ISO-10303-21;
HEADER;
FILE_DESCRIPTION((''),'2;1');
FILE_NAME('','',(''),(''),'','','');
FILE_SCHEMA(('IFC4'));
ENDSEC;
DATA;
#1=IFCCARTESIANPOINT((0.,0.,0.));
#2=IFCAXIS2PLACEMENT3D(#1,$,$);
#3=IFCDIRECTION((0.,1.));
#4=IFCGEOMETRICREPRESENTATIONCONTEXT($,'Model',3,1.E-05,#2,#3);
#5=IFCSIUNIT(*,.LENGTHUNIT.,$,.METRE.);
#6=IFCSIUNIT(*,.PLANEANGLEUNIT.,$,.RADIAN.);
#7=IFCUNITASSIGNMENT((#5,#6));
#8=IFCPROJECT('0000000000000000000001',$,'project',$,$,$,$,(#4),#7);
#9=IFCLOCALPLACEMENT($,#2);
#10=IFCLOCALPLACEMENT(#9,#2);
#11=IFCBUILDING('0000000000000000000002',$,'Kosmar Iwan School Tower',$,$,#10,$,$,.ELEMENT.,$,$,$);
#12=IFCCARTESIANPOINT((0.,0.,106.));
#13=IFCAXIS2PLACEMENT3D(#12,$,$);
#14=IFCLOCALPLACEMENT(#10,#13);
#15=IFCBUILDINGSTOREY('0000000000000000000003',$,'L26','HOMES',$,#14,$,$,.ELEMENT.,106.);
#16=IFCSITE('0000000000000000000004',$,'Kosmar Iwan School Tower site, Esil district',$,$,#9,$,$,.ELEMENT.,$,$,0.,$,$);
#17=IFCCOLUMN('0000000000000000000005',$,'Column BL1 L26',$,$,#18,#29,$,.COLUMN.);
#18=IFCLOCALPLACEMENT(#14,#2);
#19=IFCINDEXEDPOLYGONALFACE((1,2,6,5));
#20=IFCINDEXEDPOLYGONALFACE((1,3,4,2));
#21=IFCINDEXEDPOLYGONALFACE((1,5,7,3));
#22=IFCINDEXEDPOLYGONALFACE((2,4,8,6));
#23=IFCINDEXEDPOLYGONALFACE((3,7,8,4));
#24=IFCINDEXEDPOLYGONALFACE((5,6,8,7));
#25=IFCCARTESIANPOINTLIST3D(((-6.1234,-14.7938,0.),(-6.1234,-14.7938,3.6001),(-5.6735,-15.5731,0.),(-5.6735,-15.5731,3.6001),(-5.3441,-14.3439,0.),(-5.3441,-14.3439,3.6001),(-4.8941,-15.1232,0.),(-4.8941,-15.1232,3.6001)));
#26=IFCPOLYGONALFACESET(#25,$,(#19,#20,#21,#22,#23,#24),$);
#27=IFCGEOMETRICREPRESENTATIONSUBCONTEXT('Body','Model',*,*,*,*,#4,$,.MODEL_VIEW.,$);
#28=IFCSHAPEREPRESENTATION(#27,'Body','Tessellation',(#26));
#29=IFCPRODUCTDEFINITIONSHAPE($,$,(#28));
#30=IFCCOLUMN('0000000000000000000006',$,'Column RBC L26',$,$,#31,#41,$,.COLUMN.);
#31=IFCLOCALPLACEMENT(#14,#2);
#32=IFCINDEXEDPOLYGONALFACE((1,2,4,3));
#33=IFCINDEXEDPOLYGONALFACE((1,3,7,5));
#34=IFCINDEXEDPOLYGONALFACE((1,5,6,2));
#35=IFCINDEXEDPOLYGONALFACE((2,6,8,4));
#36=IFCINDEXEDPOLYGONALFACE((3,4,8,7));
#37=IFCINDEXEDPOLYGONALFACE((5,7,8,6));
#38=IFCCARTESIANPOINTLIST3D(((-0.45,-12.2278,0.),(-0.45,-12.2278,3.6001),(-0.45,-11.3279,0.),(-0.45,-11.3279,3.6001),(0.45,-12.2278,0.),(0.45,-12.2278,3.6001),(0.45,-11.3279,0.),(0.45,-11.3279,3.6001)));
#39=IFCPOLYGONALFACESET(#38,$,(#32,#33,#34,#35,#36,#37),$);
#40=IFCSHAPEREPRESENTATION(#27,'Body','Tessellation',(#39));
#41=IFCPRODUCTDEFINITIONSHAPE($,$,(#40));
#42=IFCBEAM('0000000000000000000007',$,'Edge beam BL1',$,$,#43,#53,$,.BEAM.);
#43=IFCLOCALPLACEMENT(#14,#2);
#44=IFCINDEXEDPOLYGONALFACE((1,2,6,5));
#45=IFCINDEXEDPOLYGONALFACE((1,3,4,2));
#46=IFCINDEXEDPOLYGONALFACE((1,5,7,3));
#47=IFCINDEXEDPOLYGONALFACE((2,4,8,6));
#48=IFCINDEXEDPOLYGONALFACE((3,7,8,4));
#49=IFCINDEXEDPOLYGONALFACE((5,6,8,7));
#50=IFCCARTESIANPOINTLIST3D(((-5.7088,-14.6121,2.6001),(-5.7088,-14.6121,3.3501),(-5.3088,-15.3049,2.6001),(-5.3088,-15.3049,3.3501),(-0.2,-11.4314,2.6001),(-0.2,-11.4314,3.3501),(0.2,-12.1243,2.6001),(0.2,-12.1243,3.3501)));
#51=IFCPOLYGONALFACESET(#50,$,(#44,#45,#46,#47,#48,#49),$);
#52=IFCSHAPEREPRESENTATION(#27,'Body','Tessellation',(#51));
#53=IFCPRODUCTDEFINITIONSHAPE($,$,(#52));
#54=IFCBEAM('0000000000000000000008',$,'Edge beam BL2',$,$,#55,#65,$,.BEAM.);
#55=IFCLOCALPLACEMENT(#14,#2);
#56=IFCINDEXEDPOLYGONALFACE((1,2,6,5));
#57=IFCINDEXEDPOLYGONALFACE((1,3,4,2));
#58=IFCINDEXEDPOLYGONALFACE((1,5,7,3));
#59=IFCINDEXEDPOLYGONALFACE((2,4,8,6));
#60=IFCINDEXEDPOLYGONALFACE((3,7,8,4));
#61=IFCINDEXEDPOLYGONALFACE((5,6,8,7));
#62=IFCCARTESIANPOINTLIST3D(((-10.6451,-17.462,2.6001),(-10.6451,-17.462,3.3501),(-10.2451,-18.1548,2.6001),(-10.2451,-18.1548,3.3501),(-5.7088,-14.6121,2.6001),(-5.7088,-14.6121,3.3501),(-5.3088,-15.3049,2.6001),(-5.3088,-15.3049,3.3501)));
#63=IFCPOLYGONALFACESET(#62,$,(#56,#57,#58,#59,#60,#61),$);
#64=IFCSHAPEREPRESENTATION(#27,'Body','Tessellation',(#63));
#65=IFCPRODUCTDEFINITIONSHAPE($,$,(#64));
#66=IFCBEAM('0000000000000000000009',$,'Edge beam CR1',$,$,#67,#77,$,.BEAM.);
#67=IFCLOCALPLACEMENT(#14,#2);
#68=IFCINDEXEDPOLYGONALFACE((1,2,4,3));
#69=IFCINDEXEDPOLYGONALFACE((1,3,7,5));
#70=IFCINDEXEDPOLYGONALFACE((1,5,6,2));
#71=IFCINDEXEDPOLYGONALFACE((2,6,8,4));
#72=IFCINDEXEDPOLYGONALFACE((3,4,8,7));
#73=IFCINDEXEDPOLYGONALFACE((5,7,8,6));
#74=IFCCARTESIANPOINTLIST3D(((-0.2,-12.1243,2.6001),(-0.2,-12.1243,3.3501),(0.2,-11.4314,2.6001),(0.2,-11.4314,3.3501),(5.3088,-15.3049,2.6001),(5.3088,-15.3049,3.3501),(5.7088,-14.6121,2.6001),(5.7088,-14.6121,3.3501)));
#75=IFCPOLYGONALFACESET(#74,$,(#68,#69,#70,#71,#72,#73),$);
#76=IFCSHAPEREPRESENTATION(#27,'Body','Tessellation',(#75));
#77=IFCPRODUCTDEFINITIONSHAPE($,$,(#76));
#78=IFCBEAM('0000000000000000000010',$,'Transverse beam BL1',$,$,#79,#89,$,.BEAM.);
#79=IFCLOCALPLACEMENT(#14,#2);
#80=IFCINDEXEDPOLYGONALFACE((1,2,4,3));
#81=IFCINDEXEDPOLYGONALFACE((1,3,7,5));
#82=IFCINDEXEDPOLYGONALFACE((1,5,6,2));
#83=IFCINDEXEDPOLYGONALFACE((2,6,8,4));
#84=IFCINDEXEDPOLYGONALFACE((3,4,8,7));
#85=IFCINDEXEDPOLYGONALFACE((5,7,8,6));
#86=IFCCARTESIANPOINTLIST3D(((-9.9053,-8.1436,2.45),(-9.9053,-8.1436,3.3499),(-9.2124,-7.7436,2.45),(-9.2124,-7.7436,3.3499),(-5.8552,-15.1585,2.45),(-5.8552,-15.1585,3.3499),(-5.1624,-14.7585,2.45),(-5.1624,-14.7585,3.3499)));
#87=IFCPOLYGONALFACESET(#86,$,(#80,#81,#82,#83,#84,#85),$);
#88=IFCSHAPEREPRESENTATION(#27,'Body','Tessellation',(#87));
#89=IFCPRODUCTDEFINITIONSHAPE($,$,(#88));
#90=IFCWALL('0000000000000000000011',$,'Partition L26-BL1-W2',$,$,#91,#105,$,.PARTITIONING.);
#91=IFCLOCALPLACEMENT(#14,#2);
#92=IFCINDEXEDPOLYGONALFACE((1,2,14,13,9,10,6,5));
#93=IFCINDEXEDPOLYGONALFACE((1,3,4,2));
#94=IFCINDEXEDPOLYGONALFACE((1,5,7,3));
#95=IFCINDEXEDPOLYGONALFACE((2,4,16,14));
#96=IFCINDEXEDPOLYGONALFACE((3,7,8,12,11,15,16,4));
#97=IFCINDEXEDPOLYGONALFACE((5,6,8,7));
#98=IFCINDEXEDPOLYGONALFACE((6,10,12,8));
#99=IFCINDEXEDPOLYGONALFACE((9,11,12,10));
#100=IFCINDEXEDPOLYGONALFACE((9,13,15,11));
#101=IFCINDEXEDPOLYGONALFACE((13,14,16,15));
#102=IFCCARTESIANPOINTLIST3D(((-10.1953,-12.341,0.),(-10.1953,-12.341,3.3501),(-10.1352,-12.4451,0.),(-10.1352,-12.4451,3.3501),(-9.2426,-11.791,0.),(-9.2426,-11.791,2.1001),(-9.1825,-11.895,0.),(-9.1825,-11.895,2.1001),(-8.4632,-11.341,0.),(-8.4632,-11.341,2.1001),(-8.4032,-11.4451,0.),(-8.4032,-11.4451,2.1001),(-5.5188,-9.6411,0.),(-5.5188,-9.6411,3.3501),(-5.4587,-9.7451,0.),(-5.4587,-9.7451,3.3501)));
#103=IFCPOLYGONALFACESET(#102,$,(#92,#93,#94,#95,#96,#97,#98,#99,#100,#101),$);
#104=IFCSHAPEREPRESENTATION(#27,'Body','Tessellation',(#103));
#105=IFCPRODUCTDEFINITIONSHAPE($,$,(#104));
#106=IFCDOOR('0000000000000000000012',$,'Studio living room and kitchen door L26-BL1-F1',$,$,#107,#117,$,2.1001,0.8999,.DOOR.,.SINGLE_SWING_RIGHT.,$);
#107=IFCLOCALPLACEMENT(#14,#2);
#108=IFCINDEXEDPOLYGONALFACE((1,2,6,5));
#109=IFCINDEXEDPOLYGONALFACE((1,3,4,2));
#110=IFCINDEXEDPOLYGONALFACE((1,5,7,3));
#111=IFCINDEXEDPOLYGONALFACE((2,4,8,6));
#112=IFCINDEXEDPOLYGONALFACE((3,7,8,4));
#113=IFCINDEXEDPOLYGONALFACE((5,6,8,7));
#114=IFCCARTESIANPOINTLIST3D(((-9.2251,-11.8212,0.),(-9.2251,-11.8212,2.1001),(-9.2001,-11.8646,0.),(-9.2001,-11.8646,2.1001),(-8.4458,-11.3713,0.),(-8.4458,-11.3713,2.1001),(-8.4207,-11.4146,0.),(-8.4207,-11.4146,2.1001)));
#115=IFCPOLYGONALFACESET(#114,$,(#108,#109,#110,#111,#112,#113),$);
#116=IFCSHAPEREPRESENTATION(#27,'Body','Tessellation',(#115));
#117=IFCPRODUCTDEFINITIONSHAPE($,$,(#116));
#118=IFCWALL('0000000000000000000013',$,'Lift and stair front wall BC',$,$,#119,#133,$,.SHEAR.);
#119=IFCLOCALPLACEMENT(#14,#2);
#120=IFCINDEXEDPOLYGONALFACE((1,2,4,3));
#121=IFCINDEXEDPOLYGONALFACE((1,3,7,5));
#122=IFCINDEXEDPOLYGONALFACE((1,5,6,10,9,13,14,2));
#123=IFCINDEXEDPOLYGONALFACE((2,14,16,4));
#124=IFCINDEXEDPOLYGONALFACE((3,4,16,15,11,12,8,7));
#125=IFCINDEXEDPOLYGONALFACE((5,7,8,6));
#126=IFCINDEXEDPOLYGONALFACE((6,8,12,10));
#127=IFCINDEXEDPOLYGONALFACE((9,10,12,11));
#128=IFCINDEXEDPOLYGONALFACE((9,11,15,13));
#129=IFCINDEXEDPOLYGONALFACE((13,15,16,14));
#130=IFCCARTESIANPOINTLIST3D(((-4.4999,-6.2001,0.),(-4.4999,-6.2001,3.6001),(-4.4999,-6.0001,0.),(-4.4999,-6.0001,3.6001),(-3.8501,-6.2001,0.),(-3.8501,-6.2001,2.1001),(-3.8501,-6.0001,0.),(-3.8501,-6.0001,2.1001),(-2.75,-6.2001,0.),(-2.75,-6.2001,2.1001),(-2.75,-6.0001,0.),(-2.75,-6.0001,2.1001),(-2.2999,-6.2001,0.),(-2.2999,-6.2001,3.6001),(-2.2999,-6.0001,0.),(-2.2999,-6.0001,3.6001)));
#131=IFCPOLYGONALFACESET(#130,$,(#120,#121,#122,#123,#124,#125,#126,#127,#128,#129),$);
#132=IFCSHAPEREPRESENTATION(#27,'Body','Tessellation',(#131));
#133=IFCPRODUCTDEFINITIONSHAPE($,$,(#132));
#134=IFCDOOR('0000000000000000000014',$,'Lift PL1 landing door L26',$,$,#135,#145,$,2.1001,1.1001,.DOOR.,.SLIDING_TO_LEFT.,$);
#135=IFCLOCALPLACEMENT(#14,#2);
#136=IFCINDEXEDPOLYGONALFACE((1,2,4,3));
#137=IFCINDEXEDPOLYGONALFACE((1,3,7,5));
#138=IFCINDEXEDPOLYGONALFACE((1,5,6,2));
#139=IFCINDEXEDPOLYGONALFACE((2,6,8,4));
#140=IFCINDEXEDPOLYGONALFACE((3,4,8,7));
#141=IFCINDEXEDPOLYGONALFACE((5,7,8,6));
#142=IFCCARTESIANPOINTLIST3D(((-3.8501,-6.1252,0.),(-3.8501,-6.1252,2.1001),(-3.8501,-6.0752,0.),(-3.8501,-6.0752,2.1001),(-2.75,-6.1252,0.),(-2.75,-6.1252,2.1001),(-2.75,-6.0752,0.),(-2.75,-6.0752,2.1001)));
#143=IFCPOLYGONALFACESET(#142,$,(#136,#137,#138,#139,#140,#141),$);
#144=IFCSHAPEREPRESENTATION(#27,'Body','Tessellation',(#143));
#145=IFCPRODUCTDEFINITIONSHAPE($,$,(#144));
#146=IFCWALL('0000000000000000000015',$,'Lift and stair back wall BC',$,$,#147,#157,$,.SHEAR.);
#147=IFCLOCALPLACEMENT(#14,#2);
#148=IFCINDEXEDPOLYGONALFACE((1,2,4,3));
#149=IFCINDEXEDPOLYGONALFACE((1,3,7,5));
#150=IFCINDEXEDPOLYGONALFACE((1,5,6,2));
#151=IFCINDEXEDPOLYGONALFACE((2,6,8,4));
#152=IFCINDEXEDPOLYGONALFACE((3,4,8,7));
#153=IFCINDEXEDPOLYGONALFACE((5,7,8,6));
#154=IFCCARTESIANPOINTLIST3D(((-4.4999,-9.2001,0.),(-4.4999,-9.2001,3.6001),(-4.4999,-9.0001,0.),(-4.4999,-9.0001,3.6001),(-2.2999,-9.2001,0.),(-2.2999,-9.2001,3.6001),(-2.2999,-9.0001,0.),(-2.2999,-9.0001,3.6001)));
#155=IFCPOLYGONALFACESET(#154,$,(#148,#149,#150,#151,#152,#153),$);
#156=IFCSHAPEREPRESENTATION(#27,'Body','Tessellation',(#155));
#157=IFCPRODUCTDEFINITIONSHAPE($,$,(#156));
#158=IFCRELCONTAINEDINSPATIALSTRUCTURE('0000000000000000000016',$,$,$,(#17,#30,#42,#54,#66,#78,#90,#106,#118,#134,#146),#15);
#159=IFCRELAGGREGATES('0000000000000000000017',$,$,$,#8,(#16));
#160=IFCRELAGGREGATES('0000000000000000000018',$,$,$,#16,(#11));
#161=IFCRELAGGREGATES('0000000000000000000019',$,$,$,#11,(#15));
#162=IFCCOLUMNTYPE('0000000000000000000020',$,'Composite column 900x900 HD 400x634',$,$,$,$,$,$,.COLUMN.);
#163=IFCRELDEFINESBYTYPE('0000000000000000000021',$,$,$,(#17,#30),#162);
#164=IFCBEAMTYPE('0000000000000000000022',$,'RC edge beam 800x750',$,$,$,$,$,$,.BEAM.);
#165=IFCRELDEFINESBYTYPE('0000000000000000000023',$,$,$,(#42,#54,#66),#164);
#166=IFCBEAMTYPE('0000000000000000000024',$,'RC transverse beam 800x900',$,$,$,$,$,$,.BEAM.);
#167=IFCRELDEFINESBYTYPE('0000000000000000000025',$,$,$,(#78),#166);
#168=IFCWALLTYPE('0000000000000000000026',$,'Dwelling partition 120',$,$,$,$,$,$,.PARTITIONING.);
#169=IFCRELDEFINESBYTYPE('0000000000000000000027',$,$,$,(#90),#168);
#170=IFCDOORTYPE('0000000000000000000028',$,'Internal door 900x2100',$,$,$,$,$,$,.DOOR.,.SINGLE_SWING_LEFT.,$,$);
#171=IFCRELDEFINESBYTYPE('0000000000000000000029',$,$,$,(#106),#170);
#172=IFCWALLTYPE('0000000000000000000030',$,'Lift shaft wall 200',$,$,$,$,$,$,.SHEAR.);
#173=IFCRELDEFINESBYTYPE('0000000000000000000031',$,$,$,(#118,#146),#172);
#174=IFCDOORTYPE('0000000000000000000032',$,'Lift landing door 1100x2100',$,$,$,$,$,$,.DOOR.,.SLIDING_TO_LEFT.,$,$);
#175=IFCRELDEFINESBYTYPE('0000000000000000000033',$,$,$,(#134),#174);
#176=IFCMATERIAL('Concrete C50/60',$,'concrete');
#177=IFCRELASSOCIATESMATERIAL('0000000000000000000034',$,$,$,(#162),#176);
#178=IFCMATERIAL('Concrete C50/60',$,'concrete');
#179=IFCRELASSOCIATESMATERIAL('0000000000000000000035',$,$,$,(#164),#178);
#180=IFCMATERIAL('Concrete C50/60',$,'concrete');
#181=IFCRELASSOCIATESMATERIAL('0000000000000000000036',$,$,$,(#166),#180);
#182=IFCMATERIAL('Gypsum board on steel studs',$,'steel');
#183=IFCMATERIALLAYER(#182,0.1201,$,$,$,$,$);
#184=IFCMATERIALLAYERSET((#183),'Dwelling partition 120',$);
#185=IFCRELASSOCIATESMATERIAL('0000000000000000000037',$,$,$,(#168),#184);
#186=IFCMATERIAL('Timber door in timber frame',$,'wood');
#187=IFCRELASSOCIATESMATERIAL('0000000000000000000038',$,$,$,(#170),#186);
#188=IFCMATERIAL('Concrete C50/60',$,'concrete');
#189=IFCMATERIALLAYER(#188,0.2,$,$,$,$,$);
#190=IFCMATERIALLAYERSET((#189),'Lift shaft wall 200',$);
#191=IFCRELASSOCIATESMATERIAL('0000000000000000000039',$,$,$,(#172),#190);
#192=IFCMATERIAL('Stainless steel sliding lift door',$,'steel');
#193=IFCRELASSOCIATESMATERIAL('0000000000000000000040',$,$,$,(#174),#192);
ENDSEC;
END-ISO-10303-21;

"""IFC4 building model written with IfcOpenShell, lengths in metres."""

from ifc_helpers import new_model, si_unit, direction, frame, frame_2d, origin, origin_2d, place, context, subcontext, project, spatial, rectangle, extrude, material, layer, layer_set, material_profile, profile_set, type_object, element, fill, save


model = new_model("IFC4")

# Units and contexts
model_context = context("Model", 3, precision=1e-05, world=origin(), true_north=direction((0.0, 1.0)))
body_context = subcontext(model_context, "Body", "Model", "MODEL_VIEW")
ifc_project = project(units=[si_unit("LENGTHUNIT", "METRE"), si_unit("PLANEANGLEUNIT", "RADIAN")], contexts=[model_context])

# Site, building, storey
site_placement = place(None, origin())
site = spatial("IfcSite", under=ifc_project, at=site_placement, Name="Kosmar Iwan School Tower site, Esil district", CompositionType="ELEMENT", RefElevation=0.0)
building_placement = place(site_placement, origin())
building = spatial("IfcBuilding", under=site, at=building_placement, Name="Kosmar Iwan School Tower", CompositionType="ELEMENT")
storey_placement = place(building_placement, frame((0.0, 0.0, 106.0)))
storey = spatial("IfcBuildingStorey", under=building, at=storey_placement, Name="L26", Description="HOMES", CompositionType="ELEMENT", Elevation=106.0)

# Columns
ifc_material_1 = material(Name="Concrete C50/60", Category="concrete")
ifc_material_profile_1 = material_profile(ifc_material_1, rectangle(XDim=0.8999, YDim=0.8999, at=origin_2d()), Name="RC 900x900 + HD 400x634")
ifc_profile_set_1 = profile_set([ifc_material_profile_1], Name="Concrete C50/60")
column_type = type_object("IfcColumnType", Name="Composite column 900x900 HD 400x634", PredefinedType="COLUMN", material=ifc_profile_set_1)
for number, where, z_axis, x_axis, name in (
    (1, (-5.5088, -14.9585, 0.0), (0.0, 0.0, 1.0), (-0.866025, -0.5, 0.0), "Column BL1 L26"),
    (2, (0.0, -11.7778, 0.0), (0.0, 0.0, 1.0), (1.0, 0.0, 0.0), "Column RBC L26"),
):
    element("IfcColumn", number, at=place(storey_placement, frame(where, z_axis=z_axis, x_axis=x_axis)), inside=storey, type_object=column_type, Name=name, PredefinedType="COLUMN", context=body_context, shape_type="SweptSolid", body=[
        extrude(rectangle(XDim=0.8999, YDim=0.8999, at=origin_2d()), origin(), (0.0, 0.0, 1.0), 3.6001),
    ])

# Beams
ifc_material_2 = material(Name="Concrete C50/60", Category="concrete")
ifc_material_profile_2 = material_profile(ifc_material_2, rectangle(XDim=0.8, YDim=0.75, at=origin_2d()), Name="RC 800x750")
ifc_profile_set_2 = profile_set([ifc_material_profile_2], Name="Concrete C50/60")
beam_type_1 = type_object("IfcBeamType", Name="RC edge beam 800x750", PredefinedType="BEAM", material=ifc_profile_set_2)
beam_1_placement = place(storey_placement, frame((0.0, -11.7778, 2.9751), z_axis=(-0.866014, -0.500019, 0.0), x_axis=(0.500019, -0.866014, 0.0)))
element("IfcBeam", 3, at=beam_1_placement, inside=storey, type_object=beam_type_1, Name="Edge beam BL1", PredefinedType="BEAM", context=body_context, shape_type="SweptSolid", body=[
    extrude(rectangle(XDim=0.8, YDim=0.75, at=origin_2d()), origin(), (0.0, 0.0, 1.0), 6.3611),
])
beam_2_placement = place(storey_placement, frame((-5.5088, -14.9585, 2.9751), z_axis=(-0.866034, -0.499986, 0.0), x_axis=(0.499986, -0.866034, 0.0)))
element("IfcBeam", 4, at=beam_2_placement, inside=storey, type_object=beam_type_1, Name="Edge beam BL2", PredefinedType="BEAM", context=body_context, shape_type="SweptSolid", body=[
    extrude(rectangle(XDim=0.8, YDim=0.75, at=origin_2d()), origin(), (0.0, 0.0, 1.0), 5.7),
])
beam_3_placement = place(storey_placement, frame((0.0, -11.7778, 2.9751), z_axis=(0.866014, -0.500019, 0.0), x_axis=(0.500019, 0.866014, 0.0)))
element("IfcBeam", 5, at=beam_3_placement, inside=storey, type_object=beam_type_1, Name="Edge beam CR1", PredefinedType="BEAM", context=body_context, shape_type="SweptSolid", body=[
    extrude(rectangle(XDim=0.8, YDim=0.75, at=origin_2d()), origin(), (0.0, 0.0, 1.0), 6.3611),
])
ifc_material_3 = material(Name="Concrete C50/60", Category="concrete")
ifc_material_profile_3 = material_profile(ifc_material_3, rectangle(XDim=0.8, YDim=0.8999, at=origin_2d()), Name="RC 800x900")
ifc_profile_set_3 = profile_set([ifc_material_profile_3], Name="Concrete C50/60")
beam_type_2 = type_object("IfcBeamType", Name="RC transverse beam 800x900", PredefinedType="BEAM", material=ifc_profile_set_3)
beam_4_placement = place(storey_placement, frame((-5.5088, -14.9585, 2.8999), z_axis=(-0.5, 0.866025, 0.0), x_axis=(-0.866025, -0.5, 0.0)))
element("IfcBeam", 6, at=beam_4_placement, inside=storey, type_object=beam_type_2, Name="Transverse beam BL1", PredefinedType="BEAM", context=body_context, shape_type="SweptSolid", body=[
    extrude(rectangle(XDim=0.8, YDim=0.8999, at=origin_2d()), origin(), (0.0, 0.0, 1.0), 8.1001),
])

# Walls, openings, doors
ifc_material_4 = material(Name="Gypsum board on steel studs", Category="steel")
ifc_layer_1 = layer(ifc_material_4, 0.1201)
ifc_layer_set_1 = layer_set([ifc_layer_1], Name="Dwelling partition 120")
wall_type_1 = type_object("IfcWallType", Name="Dwelling partition 120", PredefinedType="PARTITIONING", material=ifc_layer_set_1)
wall_1_placement = place(storey_placement, frame((-5.4888, -9.6931, 0.0), z_axis=(0.0, 0.0, 1.0), x_axis=(-0.866028, -0.499995, 0.0)))
wall_1 = element("IfcWall", 7, at=wall_1_placement, inside=storey, type_object=wall_type_1, Name="Partition L26-BL1-W2", PredefinedType="PARTITIONING", context=body_context, shape_type="SweptSolid", body=[
    extrude(rectangle(XDim=5.3999, YDim=0.1201, at=frame_2d((2.7, 0.0))), origin(), (0.0, 0.0, 1.0), 3.3501),
])
opening_1_placement = place(wall_1_placement, frame((3.3999, 0.0, 0.0)))
opening_1 = element("IfcOpeningElement", 8, at=opening_1_placement, cuts=wall_1, PredefinedType="OPENING", context=body_context, shape_type="SweptSolid", body=[
    extrude(rectangle(XDim=0.8999, YDim=2.1001, at=frame_2d((0.45, 1.05))), frame((0.0, 0.072, 0.0), z_axis=(0.0, -1.0, 0.0), x_axis=(1.0, 0.0, 0.0)), (0.0, 0.0, 1.0), 0.144),
])
ifc_material_5 = material(Name="Timber door in timber frame", Category="wood")
door_type_1 = type_object("IfcDoorType", Name="Internal door 900x2100", OperationType="SINGLE_SWING_LEFT", PredefinedType="DOOR", material=ifc_material_5)
door_1_placement = place(opening_1_placement, origin())
door_1 = element("IfcDoor", 9, at=door_1_placement, inside=storey, type_object=door_type_1, Name="Studio living room and kitchen door L26-BL1-F1", OperationType="SINGLE_SWING_RIGHT", OverallHeight=2.1001, OverallWidth=0.8999, PredefinedType="DOOR", context=body_context, shape_type="SweptSolid", body=[
    extrude(rectangle(XDim=0.8999, YDim=2.1001, at=frame_2d((0.45, 1.05))), frame((0.0, 0.0249, 0.0), z_axis=(0.0, -1.0, 0.0), x_axis=(1.0, 0.0, 0.0)), (0.0, 0.0, 1.0), 0.05),
])
fill(opening_1, door_1)
ifc_material_6 = material(Name="Concrete C50/60", Category="concrete")
ifc_layer_2 = layer(ifc_material_6, 0.2)
ifc_layer_set_2 = layer_set([ifc_layer_2], Name="Lift shaft wall 200")
wall_type_2 = type_object("IfcWallType", Name="Lift shaft wall 200", PredefinedType="SHEAR", material=ifc_layer_set_2)
wall_2_placement = place(storey_placement, frame((-4.5, -6.1001, 0.0), z_axis=(0.0, 0.0, 1.0), x_axis=(1.0, 0.0, 0.0)))
wall_2 = element("IfcWall", 10, at=wall_2_placement, inside=storey, type_object=wall_type_2, Name="Lift and stair front wall BC", PredefinedType="SHEAR", context=body_context, shape_type="SweptSolid", body=[
    extrude(rectangle(XDim=2.2, YDim=0.2, at=frame_2d((1.1001, 0.0))), origin(), (0.0, 0.0, 1.0), 3.6001),
])
opening_2_placement = place(wall_2_placement, frame((0.6499, 0.0, 0.0)))
opening_2 = element("IfcOpeningElement", 11, at=opening_2_placement, cuts=wall_2, PredefinedType="OPENING", context=body_context, shape_type="SweptSolid", body=[
    extrude(rectangle(XDim=1.1001, YDim=2.1001, at=frame_2d((0.55, 1.05))), frame((0.0, 0.1121, 0.0), z_axis=(0.0, -1.0, 0.0), x_axis=(1.0, 0.0, 0.0)), (0.0, 0.0, 1.0), 0.2239),
])
ifc_material_7 = material(Name="Stainless steel sliding lift door", Category="steel")
door_type_2 = type_object("IfcDoorType", Name="Lift landing door 1100x2100", OperationType="SLIDING_TO_LEFT", PredefinedType="DOOR", material=ifc_material_7)
door_2_placement = place(opening_2_placement, origin())
door_2 = element("IfcDoor", 12, at=door_2_placement, inside=storey, type_object=door_type_2, Name="Lift PL1 landing door L26", OperationType="SLIDING_TO_LEFT", OverallHeight=2.1001, OverallWidth=1.1001, PredefinedType="DOOR", context=body_context, shape_type="SweptSolid", body=[
    extrude(rectangle(XDim=1.1001, YDim=2.1001, at=frame_2d((0.55, 1.05))), frame((0.0, 0.0249, 0.0), z_axis=(0.0, -1.0, 0.0), x_axis=(1.0, 0.0, 0.0)), (0.0, 0.0, 1.0), 0.05),
])
fill(opening_2, door_2)

# Wall
wall_3_placement = place(storey_placement, frame((-4.5, -9.1001, 0.0), z_axis=(0.0, 0.0, 1.0), x_axis=(1.0, 0.0, 0.0)))
element("IfcWall", 13, at=wall_3_placement, inside=storey, type_object=wall_type_2, Name="Lift and stair back wall BC", PredefinedType="SHEAR", context=body_context, shape_type="SweptSolid", body=[
    extrude(rectangle(XDim=2.2, YDim=0.2, at=frame_2d((1.1001, 0.0))), origin(), (0.0, 0.0, 1.0), 3.6001),
])

save(model, "model.ifc")
